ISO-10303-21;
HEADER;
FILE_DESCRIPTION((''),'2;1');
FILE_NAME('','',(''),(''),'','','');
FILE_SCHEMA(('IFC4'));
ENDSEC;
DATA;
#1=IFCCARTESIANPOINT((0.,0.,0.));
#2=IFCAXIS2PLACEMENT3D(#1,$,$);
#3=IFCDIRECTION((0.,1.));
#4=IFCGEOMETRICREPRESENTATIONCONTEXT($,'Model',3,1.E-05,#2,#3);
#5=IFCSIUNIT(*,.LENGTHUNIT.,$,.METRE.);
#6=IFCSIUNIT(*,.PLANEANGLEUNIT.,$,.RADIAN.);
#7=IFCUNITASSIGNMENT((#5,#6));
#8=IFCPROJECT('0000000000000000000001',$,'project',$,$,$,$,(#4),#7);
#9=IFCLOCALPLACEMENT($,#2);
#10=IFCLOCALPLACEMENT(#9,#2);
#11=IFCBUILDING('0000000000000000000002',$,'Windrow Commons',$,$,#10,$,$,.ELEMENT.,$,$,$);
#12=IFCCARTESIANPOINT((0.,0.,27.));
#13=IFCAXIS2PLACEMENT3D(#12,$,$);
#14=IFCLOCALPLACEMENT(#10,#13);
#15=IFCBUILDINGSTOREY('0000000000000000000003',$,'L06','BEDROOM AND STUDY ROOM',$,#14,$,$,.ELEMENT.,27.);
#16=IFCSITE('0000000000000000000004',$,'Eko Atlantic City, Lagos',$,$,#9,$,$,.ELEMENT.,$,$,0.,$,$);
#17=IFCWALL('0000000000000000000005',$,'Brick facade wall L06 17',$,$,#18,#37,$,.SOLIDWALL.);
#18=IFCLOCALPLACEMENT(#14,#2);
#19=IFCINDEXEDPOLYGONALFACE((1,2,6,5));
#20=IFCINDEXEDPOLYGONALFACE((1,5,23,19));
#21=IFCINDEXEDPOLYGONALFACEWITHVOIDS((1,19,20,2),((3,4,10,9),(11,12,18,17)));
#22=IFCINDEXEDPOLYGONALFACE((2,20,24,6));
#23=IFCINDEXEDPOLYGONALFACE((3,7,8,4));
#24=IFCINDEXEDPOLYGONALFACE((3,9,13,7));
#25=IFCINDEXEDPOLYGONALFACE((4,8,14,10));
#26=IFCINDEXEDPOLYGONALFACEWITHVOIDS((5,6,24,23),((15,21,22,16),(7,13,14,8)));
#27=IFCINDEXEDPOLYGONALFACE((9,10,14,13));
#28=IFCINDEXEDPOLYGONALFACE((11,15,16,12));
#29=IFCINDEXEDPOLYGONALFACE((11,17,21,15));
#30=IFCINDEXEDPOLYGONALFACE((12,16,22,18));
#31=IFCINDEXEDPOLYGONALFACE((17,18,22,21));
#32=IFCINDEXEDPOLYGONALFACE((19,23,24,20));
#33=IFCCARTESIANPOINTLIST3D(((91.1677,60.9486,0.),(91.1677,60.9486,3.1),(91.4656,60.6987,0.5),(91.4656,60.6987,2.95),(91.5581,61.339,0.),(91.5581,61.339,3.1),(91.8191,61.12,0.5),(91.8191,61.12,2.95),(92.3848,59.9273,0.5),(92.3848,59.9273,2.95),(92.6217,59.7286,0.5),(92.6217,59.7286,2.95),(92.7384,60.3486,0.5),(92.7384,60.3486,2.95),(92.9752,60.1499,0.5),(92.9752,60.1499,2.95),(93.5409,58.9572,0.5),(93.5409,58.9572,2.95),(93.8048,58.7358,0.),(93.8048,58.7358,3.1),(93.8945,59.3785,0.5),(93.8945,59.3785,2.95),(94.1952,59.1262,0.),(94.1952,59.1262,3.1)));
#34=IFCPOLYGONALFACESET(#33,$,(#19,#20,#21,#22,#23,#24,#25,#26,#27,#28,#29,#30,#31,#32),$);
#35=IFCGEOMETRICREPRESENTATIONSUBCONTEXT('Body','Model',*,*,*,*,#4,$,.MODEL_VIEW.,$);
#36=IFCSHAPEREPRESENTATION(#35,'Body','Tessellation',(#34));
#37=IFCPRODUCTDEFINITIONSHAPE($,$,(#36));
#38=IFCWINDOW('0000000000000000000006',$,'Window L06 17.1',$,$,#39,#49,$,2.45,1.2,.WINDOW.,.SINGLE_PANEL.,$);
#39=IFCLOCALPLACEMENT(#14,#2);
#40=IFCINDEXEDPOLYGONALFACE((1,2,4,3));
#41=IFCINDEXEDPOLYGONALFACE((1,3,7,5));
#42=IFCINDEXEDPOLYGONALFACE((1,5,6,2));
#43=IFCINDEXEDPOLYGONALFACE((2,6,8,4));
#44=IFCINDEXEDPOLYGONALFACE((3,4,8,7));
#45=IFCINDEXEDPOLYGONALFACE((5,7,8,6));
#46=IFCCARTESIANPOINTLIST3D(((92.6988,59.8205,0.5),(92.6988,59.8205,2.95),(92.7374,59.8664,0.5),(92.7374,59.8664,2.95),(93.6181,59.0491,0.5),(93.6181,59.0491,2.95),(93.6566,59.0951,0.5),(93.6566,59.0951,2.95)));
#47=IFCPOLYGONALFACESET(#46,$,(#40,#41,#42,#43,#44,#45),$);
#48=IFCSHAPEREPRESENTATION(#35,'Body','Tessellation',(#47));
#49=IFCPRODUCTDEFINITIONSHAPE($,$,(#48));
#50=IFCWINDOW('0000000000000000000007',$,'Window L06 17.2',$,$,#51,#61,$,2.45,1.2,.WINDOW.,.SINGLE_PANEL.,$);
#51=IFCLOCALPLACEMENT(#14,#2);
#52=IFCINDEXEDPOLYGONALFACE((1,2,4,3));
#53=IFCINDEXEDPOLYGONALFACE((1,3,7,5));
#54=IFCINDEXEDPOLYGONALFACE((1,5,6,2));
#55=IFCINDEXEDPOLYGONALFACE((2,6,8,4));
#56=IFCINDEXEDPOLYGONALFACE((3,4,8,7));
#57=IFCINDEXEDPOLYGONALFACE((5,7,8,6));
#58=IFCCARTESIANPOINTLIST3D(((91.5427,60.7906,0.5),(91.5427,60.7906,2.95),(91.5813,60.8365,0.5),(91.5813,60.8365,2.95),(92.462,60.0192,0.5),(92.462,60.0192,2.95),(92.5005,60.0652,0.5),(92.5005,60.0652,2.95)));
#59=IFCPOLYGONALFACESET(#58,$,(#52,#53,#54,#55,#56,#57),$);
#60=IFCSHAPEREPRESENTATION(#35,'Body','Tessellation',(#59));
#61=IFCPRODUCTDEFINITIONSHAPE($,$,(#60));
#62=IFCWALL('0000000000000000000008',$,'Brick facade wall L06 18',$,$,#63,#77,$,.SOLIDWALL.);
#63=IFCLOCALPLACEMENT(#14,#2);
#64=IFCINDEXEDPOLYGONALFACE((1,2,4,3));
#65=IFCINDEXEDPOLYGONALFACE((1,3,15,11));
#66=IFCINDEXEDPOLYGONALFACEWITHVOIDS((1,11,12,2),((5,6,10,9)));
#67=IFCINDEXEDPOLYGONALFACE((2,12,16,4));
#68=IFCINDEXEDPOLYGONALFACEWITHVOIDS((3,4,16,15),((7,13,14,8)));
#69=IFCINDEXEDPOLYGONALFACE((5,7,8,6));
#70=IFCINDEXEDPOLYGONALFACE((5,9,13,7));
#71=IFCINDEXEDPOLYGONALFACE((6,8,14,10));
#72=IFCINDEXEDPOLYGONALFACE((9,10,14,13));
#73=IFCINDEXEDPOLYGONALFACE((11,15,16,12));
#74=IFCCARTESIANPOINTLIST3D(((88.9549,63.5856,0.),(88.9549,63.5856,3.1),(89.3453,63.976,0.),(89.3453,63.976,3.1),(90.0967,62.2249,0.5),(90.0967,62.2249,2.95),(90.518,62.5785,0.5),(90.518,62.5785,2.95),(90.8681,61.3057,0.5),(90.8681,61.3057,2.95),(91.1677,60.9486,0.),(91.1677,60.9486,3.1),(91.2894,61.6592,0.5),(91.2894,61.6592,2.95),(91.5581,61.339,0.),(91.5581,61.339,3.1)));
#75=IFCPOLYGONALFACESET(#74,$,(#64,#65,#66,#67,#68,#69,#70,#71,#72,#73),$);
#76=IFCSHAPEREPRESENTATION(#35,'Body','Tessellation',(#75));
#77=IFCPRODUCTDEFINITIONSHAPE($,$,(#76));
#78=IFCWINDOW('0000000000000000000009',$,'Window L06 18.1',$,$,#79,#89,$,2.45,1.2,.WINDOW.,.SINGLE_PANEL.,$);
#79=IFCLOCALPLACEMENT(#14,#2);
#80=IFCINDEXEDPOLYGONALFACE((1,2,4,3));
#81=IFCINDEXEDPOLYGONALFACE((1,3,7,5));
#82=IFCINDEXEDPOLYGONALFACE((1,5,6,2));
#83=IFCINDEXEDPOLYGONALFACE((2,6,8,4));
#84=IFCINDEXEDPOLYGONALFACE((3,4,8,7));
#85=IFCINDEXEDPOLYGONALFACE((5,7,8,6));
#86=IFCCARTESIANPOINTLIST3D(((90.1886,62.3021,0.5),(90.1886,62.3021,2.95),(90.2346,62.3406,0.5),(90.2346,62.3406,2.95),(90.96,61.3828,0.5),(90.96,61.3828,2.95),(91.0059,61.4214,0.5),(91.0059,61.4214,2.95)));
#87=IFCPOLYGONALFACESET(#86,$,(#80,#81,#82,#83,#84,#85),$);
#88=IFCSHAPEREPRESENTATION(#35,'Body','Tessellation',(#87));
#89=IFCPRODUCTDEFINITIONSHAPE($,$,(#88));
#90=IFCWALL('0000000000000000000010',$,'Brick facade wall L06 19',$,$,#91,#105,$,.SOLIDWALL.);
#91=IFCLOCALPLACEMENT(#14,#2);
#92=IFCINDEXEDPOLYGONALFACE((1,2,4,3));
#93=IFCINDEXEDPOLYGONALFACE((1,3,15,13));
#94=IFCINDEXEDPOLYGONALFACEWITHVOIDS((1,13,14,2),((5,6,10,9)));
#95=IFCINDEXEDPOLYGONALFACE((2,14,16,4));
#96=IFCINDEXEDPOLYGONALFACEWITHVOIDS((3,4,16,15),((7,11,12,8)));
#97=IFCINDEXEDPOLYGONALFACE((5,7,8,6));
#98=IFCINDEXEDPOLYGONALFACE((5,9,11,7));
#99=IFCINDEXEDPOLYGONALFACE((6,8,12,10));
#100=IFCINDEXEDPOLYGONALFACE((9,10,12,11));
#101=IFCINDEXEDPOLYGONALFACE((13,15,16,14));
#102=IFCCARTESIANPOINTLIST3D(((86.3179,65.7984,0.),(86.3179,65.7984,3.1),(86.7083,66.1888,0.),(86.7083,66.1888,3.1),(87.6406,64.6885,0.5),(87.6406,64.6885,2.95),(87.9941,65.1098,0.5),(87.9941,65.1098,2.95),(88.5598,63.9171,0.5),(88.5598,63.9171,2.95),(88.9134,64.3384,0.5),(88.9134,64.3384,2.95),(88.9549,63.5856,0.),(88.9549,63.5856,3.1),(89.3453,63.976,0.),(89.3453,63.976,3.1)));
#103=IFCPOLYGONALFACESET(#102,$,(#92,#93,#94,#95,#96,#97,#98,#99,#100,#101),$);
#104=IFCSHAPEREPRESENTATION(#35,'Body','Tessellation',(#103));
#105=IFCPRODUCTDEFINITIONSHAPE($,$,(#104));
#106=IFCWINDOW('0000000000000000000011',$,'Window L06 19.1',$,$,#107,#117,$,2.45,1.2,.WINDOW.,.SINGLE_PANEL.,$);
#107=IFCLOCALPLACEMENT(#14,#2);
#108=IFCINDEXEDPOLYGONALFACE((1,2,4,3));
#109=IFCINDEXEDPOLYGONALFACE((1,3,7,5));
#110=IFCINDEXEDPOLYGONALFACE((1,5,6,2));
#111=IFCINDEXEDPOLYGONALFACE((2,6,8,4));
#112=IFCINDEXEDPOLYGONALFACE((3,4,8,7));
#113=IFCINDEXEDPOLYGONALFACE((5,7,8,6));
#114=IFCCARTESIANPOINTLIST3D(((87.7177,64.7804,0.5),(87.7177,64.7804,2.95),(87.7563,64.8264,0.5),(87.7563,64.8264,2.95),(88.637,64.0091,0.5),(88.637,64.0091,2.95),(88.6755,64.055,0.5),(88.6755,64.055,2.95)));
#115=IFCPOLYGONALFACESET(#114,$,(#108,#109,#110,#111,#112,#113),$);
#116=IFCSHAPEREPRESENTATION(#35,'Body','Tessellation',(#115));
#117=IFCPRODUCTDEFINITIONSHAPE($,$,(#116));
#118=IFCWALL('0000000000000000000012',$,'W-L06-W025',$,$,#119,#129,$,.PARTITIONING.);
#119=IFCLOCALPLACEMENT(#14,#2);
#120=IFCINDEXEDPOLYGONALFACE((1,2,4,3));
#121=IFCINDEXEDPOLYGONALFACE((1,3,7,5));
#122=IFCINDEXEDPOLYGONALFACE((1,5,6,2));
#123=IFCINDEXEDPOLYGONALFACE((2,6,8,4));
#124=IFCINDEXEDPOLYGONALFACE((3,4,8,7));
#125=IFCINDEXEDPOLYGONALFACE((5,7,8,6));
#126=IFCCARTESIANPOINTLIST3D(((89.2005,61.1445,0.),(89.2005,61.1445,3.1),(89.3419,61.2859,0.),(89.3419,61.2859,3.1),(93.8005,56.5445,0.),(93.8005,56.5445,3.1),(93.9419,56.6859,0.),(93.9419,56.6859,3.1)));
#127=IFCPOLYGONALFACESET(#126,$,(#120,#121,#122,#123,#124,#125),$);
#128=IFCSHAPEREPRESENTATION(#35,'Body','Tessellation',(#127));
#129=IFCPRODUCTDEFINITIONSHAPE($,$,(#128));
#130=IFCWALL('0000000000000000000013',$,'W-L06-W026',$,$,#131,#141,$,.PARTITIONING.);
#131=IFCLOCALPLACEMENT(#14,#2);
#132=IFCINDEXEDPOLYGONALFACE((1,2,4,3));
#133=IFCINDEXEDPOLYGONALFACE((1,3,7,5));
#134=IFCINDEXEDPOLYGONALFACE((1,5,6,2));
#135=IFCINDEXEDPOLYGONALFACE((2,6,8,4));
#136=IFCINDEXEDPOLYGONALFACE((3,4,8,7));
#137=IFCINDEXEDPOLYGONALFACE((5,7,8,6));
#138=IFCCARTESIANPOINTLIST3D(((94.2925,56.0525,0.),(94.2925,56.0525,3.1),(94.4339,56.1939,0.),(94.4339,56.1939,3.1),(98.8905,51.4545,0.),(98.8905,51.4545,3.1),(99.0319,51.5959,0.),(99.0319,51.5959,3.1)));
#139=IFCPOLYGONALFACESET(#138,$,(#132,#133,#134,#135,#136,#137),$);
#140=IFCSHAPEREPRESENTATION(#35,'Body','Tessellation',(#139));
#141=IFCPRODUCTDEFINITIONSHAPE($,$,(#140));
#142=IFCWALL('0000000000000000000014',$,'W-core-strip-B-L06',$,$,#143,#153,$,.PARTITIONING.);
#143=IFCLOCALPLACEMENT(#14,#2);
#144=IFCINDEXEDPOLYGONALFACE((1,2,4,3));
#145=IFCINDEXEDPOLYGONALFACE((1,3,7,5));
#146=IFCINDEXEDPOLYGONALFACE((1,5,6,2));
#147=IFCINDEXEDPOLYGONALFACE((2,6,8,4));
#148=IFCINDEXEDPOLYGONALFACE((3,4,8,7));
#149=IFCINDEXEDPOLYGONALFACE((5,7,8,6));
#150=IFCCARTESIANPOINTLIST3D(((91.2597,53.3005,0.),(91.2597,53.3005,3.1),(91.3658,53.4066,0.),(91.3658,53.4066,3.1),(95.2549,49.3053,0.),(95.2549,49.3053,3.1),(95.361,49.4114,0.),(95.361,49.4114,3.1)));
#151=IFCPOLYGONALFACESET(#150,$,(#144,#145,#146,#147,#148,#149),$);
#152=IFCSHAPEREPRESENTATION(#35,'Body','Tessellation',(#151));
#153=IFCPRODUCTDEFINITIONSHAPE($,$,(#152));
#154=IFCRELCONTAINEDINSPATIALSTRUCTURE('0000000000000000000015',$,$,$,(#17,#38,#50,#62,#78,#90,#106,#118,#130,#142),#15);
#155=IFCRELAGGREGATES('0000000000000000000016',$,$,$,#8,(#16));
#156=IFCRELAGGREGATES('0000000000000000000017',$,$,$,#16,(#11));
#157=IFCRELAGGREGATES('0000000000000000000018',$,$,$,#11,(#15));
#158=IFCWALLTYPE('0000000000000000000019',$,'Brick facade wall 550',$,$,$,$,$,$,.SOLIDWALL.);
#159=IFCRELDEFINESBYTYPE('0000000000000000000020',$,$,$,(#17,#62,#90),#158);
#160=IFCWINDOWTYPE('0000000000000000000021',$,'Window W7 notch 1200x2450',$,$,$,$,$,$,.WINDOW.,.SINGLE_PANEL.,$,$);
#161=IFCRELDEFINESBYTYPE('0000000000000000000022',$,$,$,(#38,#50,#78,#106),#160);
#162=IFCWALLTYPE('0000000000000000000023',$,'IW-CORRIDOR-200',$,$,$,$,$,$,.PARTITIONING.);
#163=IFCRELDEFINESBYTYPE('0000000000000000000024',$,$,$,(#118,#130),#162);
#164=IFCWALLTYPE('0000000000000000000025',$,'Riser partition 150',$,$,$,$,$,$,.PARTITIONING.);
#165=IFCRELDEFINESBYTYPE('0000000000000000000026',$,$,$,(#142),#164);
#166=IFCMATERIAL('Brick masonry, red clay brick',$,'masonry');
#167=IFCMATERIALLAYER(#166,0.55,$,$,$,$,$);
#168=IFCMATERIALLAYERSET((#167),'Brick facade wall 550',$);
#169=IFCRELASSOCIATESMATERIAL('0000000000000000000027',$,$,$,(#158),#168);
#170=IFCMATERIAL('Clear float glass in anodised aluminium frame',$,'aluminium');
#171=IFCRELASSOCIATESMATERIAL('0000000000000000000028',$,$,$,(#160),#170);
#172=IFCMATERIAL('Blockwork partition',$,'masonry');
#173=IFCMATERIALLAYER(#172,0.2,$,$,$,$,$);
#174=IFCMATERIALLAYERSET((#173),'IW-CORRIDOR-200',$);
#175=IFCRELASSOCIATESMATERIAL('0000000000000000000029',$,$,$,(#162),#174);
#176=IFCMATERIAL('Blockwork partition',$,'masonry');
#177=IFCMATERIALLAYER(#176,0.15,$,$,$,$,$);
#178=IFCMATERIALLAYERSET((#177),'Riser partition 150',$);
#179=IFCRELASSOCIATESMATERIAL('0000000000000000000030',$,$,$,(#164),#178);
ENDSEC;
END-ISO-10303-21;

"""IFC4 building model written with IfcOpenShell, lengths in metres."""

from ifc_helpers import new_model, si_unit, direction, frame, frame_2d, origin, place, context, subcontext, project, spatial, polyline, rectangle, outline, extrude, material, layer, layer_set, type_object, element, fill, save


model = new_model("IFC4")

# Units and contexts
model_context = context("Model", 3, precision=1e-05, world=origin(), true_north=direction((0.0, 1.0)))
body_context = subcontext(model_context, "Body", "Model", "MODEL_VIEW")
ifc_project = project(units=[si_unit("LENGTHUNIT", "METRE"), si_unit("PLANEANGLEUNIT", "RADIAN")], contexts=[model_context])

# Site, building, storey
site_placement = place(None, origin())
site = spatial("IfcSite", under=ifc_project, at=site_placement, Name="Eko Atlantic City, Lagos", CompositionType="ELEMENT", RefElevation=0.0)
building_placement = place(site_placement, origin())
building = spatial("IfcBuilding", under=site, at=building_placement, Name="Windrow Commons", CompositionType="ELEMENT")
storey_placement = place(building_placement, frame((0.0, 0.0, 27.0)))
storey = spatial("IfcBuildingStorey", under=building, at=storey_placement, Name="L06", Description="BEDROOM AND STUDY ROOM", CompositionType="ELEMENT", Elevation=27.0)

# Shared definitions
ifc_material_1 = material(Name="Brick masonry, red clay brick", Category="masonry")
ifc_layer_1 = layer(ifc_material_1, 0.55)
ifc_layer_set_1 = layer_set([ifc_layer_1], Name="Brick facade wall 550")
wall_type_1 = type_object("IfcWallType", Name="Brick facade wall 550", PredefinedType="SOLIDWALL", material=ifc_layer_set_1)
ifc_material_2 = material(Name="Clear float glass in anodised aluminium frame", Category="aluminium")
window_type = type_object("IfcWindowType", Name="Window W7 notch 1200x2450", PartitioningType="SINGLE_PANEL", PredefinedType="WINDOW", material=ifc_material_2)

# Wall, openings, windows
wall_1_placement = place(storey_placement, frame((94.0, 58.931, 0.0), z_axis=(0.0, 0.0, 1.0), x_axis=(-0.766043, 0.642789, 0.0)))
wall_1 = element("IfcWall", 1, at=wall_1_placement, inside=storey, type_object=wall_type_1, Name="Brick facade wall L06 17", PredefinedType="SOLIDWALL", context=body_context, shape_type="SweptSolid", body=[
    extrude(outline(polyline([(-0.0241, -0.275), (3.4184, -0.275), (3.4665, 0.275), (0.0241, 0.275), (-0.0241, -0.275)])), origin(), (0.0, 0.0, 1.0), 3.1),
])
opening_1_placement = place(wall_1_placement, frame((0.3685, 0.0, 0.5)))
opening_1 = element("IfcOpeningElement", 2, at=opening_1_placement, cuts=wall_1, PredefinedType="OPENING", context=body_context, shape_type="SweptSolid", body=[
    extrude(rectangle(XDim=1.2, YDim=2.45, at=frame_2d((0.6, 1.225))), frame((0.0, 0.285, 0.0), z_axis=(0.0, -1.0, 0.0), x_axis=(1.0, 0.0, 0.0)), (0.0, 0.0, 1.0), 0.57),
])
opening_2_placement = place(wall_1_placement, frame((1.8777, 0.0, 0.5)))
opening_2 = element("IfcOpeningElement", 3, at=opening_2_placement, cuts=wall_1, PredefinedType="OPENING", context=body_context, shape_type="SweptSolid", body=[
    extrude(rectangle(XDim=1.2, YDim=2.45, at=frame_2d((0.6, 1.225))), frame((0.0, 0.285, 0.0), z_axis=(0.0, -1.0, 0.0), x_axis=(1.0, 0.0, 0.0)), (0.0, 0.0, 1.0), 0.57),
])
window_1_placement = place(opening_1_placement, origin())
window_1 = element("IfcWindow", 4, at=window_1_placement, inside=storey, type_object=window_type, Name="Window L06 17.1", OverallHeight=2.45, OverallWidth=1.2, PartitioningType="SINGLE_PANEL", PredefinedType="WINDOW", context=body_context, shape_type="SweptSolid", body=[
    extrude(rectangle(XDim=1.2, YDim=2.45, at=frame_2d((0.6, 1.225))), frame((0.0, 0.155, 0.0), z_axis=(0.0, -1.0, 0.0), x_axis=(1.0, 0.0, 0.0)), (0.0, 0.0, 1.0), 0.06),
])
fill(opening_1, window_1)
window_2_placement = place(opening_2_placement, origin())
window_2 = element("IfcWindow", 5, at=window_2_placement, inside=storey, type_object=window_type, Name="Window L06 17.2", OverallHeight=2.45, OverallWidth=1.2, PartitioningType="SINGLE_PANEL", PredefinedType="WINDOW", context=body_context, shape_type="SweptSolid", body=[
    extrude(rectangle(XDim=1.2, YDim=2.45, at=frame_2d((0.6, 1.225))), frame((0.0, 0.155, 0.0), z_axis=(0.0, -1.0, 0.0), x_axis=(1.0, 0.0, 0.0)), (0.0, 0.0, 1.0), 0.06),
])
fill(opening_2, window_2)

# Walls, openings, windows
wall_2_placement = place(storey_placement, frame((91.3629, 61.1438, 0.0), z_axis=(0.0, 0.0, 1.0), x_axis=(-0.642804, 0.766031, 0.0)))
wall_2 = element("IfcWall", 6, at=wall_2_placement, inside=storey, type_object=wall_type_1, Name="Brick facade wall L06 18", PredefinedType="SOLIDWALL", context=body_context, shape_type="SweptSolid", body=[
    extrude(outline(polyline([(0.0241, -0.275), (3.4665, -0.275), (3.4184, 0.275), (-0.0241, 0.275), (0.0241, -0.275)])), origin(), (0.0, 0.0, 1.0), 3.1),
])
opening_3_placement = place(wall_2_placement, frame((0.4421, 0.0, 0.5)))
opening_3 = element("IfcOpeningElement", 7, at=opening_3_placement, cuts=wall_2, PredefinedType="OPENING", context=body_context, shape_type="SweptSolid", body=[
    extrude(rectangle(XDim=1.2, YDim=2.45, at=frame_2d((0.6, 1.225))), frame((0.0, 0.285, 0.0), z_axis=(0.0, -1.0, 0.0), x_axis=(1.0, 0.0, 0.0)), (0.0, 0.0, 1.0), 0.57),
])
window_3_placement = place(opening_3_placement, origin())
window_3 = element("IfcWindow", 8, at=window_3_placement, inside=storey, type_object=window_type, Name="Window L06 18.1", OverallHeight=2.45, OverallWidth=1.2, PartitioningType="SINGLE_PANEL", PredefinedType="WINDOW", context=body_context, shape_type="SweptSolid", body=[
    extrude(rectangle(XDim=1.2, YDim=2.45, at=frame_2d((0.6, 1.225))), frame((0.0, 0.155, 0.0), z_axis=(0.0, -1.0, 0.0), x_axis=(1.0, 0.0, 0.0)), (0.0, 0.0, 1.0), 0.06),
])
fill(opening_3, window_3)
wall_3_placement = place(storey_placement, frame((89.1501, 63.7808, 0.0), z_axis=(0.0, 0.0, 1.0), x_axis=(-0.766031, 0.642804, 0.0)))
wall_3 = element("IfcWall", 9, at=wall_3_placement, inside=storey, type_object=wall_type_1, Name="Brick facade wall L06 19", PredefinedType="SOLIDWALL", context=body_context, shape_type="SweptSolid", body=[
    extrude(outline(polyline([(-0.0241, -0.275), (3.4184, -0.275), (3.4665, 0.275), (0.0241, 0.275), (-0.0241, -0.275)])), origin(), (0.0, 0.0, 1.0), 3.1),
])
opening_4_placement = place(wall_3_placement, frame((0.5398, 0.0, 0.5)))
opening_4 = element("IfcOpeningElement", 10, at=opening_4_placement, cuts=wall_3, PredefinedType="OPENING", context=body_context, shape_type="SweptSolid", body=[
    extrude(rectangle(XDim=1.2, YDim=2.45, at=frame_2d((0.6, 1.225))), frame((0.0, 0.285, 0.0), z_axis=(0.0, -1.0, 0.0), x_axis=(1.0, 0.0, 0.0)), (0.0, 0.0, 1.0), 0.57),
])
window_4_placement = place(opening_4_placement, origin())
window_4 = element("IfcWindow", 11, at=window_4_placement, inside=storey, type_object=window_type, Name="Window L06 19.1", OverallHeight=2.45, OverallWidth=1.2, PartitioningType="SINGLE_PANEL", PredefinedType="WINDOW", context=body_context, shape_type="SweptSolid", body=[
    extrude(rectangle(XDim=1.2, YDim=2.45, at=frame_2d((0.6, 1.225))), frame((0.0, 0.155, 0.0), z_axis=(0.0, -1.0, 0.0), x_axis=(1.0, 0.0, 0.0)), (0.0, 0.0, 1.0), 0.06),
])
fill(opening_4, window_4)

# Walls
ifc_material_3 = material(Name="Blockwork partition", Category="masonry")
ifc_layer_2 = layer(ifc_material_3, 0.2)
ifc_layer_set_2 = layer_set([ifc_layer_2], Name="IW-CORRIDOR-200")
wall_type_2 = type_object("IfcWallType", Name="IW-CORRIDOR-200", PredefinedType="PARTITIONING", material=ifc_layer_set_2)
wall_4_placement = place(storey_placement, frame((89.2712, 61.2152, 0.0), z_axis=(0.0, 0.0, 1.0), x_axis=(0.707107, -0.707107, 0.0)))
element("IfcWall", 12, at=wall_4_placement, inside=storey, type_object=wall_type_2, Name="W-L06-W025", PredefinedType="PARTITIONING", context=body_context, shape_type="SweptSolid", body=[
    extrude(rectangle(XDim=6.5054, YDim=0.2, at=frame_2d((3.2527, 0.0))), origin(), (0.0, 0.0, 1.0), 3.1),
])
wall_5_placement = place(storey_placement, frame((94.3632, 56.1232, 0.0), z_axis=(0.0, 0.0, 1.0), x_axis=(0.707107, -0.707107, 0.0)))
element("IfcWall", 13, at=wall_5_placement, inside=storey, type_object=wall_type_2, Name="W-L06-W026", PredefinedType="PARTITIONING", context=body_context, shape_type="SweptSolid", body=[
    extrude(rectangle(XDim=6.5026, YDim=0.2, at=frame_2d((3.2513, 0.0))), origin(), (0.0, 0.0, 1.0), 3.1),
])
ifc_material_4 = material(Name="Blockwork partition", Category="masonry")
ifc_layer_3 = layer(ifc_material_4, 0.15)
ifc_layer_set_3 = layer_set([ifc_layer_3], Name="Riser partition 150")
wall_type_3 = type_object("IfcWallType", Name="Riser partition 150", PredefinedType="PARTITIONING", material=ifc_layer_set_3)
wall_6_placement = place(storey_placement, frame((91.3127, 53.3536, 0.0), z_axis=(0.0, 0.0, 1.0), x_axis=(0.707107, -0.707107, 0.0)))
element("IfcWall", 14, at=wall_6_placement, inside=storey, type_object=wall_type_3, Name="W-core-strip-B-L06", PredefinedType="PARTITIONING", context=body_context, shape_type="SweptSolid", body=[
    extrude(rectangle(XDim=5.6501, YDim=0.15, at=frame_2d((2.8251, 0.0))), origin(), (0.0, 0.0, 1.0), 3.1),
])

save(model, "model.ifc")
